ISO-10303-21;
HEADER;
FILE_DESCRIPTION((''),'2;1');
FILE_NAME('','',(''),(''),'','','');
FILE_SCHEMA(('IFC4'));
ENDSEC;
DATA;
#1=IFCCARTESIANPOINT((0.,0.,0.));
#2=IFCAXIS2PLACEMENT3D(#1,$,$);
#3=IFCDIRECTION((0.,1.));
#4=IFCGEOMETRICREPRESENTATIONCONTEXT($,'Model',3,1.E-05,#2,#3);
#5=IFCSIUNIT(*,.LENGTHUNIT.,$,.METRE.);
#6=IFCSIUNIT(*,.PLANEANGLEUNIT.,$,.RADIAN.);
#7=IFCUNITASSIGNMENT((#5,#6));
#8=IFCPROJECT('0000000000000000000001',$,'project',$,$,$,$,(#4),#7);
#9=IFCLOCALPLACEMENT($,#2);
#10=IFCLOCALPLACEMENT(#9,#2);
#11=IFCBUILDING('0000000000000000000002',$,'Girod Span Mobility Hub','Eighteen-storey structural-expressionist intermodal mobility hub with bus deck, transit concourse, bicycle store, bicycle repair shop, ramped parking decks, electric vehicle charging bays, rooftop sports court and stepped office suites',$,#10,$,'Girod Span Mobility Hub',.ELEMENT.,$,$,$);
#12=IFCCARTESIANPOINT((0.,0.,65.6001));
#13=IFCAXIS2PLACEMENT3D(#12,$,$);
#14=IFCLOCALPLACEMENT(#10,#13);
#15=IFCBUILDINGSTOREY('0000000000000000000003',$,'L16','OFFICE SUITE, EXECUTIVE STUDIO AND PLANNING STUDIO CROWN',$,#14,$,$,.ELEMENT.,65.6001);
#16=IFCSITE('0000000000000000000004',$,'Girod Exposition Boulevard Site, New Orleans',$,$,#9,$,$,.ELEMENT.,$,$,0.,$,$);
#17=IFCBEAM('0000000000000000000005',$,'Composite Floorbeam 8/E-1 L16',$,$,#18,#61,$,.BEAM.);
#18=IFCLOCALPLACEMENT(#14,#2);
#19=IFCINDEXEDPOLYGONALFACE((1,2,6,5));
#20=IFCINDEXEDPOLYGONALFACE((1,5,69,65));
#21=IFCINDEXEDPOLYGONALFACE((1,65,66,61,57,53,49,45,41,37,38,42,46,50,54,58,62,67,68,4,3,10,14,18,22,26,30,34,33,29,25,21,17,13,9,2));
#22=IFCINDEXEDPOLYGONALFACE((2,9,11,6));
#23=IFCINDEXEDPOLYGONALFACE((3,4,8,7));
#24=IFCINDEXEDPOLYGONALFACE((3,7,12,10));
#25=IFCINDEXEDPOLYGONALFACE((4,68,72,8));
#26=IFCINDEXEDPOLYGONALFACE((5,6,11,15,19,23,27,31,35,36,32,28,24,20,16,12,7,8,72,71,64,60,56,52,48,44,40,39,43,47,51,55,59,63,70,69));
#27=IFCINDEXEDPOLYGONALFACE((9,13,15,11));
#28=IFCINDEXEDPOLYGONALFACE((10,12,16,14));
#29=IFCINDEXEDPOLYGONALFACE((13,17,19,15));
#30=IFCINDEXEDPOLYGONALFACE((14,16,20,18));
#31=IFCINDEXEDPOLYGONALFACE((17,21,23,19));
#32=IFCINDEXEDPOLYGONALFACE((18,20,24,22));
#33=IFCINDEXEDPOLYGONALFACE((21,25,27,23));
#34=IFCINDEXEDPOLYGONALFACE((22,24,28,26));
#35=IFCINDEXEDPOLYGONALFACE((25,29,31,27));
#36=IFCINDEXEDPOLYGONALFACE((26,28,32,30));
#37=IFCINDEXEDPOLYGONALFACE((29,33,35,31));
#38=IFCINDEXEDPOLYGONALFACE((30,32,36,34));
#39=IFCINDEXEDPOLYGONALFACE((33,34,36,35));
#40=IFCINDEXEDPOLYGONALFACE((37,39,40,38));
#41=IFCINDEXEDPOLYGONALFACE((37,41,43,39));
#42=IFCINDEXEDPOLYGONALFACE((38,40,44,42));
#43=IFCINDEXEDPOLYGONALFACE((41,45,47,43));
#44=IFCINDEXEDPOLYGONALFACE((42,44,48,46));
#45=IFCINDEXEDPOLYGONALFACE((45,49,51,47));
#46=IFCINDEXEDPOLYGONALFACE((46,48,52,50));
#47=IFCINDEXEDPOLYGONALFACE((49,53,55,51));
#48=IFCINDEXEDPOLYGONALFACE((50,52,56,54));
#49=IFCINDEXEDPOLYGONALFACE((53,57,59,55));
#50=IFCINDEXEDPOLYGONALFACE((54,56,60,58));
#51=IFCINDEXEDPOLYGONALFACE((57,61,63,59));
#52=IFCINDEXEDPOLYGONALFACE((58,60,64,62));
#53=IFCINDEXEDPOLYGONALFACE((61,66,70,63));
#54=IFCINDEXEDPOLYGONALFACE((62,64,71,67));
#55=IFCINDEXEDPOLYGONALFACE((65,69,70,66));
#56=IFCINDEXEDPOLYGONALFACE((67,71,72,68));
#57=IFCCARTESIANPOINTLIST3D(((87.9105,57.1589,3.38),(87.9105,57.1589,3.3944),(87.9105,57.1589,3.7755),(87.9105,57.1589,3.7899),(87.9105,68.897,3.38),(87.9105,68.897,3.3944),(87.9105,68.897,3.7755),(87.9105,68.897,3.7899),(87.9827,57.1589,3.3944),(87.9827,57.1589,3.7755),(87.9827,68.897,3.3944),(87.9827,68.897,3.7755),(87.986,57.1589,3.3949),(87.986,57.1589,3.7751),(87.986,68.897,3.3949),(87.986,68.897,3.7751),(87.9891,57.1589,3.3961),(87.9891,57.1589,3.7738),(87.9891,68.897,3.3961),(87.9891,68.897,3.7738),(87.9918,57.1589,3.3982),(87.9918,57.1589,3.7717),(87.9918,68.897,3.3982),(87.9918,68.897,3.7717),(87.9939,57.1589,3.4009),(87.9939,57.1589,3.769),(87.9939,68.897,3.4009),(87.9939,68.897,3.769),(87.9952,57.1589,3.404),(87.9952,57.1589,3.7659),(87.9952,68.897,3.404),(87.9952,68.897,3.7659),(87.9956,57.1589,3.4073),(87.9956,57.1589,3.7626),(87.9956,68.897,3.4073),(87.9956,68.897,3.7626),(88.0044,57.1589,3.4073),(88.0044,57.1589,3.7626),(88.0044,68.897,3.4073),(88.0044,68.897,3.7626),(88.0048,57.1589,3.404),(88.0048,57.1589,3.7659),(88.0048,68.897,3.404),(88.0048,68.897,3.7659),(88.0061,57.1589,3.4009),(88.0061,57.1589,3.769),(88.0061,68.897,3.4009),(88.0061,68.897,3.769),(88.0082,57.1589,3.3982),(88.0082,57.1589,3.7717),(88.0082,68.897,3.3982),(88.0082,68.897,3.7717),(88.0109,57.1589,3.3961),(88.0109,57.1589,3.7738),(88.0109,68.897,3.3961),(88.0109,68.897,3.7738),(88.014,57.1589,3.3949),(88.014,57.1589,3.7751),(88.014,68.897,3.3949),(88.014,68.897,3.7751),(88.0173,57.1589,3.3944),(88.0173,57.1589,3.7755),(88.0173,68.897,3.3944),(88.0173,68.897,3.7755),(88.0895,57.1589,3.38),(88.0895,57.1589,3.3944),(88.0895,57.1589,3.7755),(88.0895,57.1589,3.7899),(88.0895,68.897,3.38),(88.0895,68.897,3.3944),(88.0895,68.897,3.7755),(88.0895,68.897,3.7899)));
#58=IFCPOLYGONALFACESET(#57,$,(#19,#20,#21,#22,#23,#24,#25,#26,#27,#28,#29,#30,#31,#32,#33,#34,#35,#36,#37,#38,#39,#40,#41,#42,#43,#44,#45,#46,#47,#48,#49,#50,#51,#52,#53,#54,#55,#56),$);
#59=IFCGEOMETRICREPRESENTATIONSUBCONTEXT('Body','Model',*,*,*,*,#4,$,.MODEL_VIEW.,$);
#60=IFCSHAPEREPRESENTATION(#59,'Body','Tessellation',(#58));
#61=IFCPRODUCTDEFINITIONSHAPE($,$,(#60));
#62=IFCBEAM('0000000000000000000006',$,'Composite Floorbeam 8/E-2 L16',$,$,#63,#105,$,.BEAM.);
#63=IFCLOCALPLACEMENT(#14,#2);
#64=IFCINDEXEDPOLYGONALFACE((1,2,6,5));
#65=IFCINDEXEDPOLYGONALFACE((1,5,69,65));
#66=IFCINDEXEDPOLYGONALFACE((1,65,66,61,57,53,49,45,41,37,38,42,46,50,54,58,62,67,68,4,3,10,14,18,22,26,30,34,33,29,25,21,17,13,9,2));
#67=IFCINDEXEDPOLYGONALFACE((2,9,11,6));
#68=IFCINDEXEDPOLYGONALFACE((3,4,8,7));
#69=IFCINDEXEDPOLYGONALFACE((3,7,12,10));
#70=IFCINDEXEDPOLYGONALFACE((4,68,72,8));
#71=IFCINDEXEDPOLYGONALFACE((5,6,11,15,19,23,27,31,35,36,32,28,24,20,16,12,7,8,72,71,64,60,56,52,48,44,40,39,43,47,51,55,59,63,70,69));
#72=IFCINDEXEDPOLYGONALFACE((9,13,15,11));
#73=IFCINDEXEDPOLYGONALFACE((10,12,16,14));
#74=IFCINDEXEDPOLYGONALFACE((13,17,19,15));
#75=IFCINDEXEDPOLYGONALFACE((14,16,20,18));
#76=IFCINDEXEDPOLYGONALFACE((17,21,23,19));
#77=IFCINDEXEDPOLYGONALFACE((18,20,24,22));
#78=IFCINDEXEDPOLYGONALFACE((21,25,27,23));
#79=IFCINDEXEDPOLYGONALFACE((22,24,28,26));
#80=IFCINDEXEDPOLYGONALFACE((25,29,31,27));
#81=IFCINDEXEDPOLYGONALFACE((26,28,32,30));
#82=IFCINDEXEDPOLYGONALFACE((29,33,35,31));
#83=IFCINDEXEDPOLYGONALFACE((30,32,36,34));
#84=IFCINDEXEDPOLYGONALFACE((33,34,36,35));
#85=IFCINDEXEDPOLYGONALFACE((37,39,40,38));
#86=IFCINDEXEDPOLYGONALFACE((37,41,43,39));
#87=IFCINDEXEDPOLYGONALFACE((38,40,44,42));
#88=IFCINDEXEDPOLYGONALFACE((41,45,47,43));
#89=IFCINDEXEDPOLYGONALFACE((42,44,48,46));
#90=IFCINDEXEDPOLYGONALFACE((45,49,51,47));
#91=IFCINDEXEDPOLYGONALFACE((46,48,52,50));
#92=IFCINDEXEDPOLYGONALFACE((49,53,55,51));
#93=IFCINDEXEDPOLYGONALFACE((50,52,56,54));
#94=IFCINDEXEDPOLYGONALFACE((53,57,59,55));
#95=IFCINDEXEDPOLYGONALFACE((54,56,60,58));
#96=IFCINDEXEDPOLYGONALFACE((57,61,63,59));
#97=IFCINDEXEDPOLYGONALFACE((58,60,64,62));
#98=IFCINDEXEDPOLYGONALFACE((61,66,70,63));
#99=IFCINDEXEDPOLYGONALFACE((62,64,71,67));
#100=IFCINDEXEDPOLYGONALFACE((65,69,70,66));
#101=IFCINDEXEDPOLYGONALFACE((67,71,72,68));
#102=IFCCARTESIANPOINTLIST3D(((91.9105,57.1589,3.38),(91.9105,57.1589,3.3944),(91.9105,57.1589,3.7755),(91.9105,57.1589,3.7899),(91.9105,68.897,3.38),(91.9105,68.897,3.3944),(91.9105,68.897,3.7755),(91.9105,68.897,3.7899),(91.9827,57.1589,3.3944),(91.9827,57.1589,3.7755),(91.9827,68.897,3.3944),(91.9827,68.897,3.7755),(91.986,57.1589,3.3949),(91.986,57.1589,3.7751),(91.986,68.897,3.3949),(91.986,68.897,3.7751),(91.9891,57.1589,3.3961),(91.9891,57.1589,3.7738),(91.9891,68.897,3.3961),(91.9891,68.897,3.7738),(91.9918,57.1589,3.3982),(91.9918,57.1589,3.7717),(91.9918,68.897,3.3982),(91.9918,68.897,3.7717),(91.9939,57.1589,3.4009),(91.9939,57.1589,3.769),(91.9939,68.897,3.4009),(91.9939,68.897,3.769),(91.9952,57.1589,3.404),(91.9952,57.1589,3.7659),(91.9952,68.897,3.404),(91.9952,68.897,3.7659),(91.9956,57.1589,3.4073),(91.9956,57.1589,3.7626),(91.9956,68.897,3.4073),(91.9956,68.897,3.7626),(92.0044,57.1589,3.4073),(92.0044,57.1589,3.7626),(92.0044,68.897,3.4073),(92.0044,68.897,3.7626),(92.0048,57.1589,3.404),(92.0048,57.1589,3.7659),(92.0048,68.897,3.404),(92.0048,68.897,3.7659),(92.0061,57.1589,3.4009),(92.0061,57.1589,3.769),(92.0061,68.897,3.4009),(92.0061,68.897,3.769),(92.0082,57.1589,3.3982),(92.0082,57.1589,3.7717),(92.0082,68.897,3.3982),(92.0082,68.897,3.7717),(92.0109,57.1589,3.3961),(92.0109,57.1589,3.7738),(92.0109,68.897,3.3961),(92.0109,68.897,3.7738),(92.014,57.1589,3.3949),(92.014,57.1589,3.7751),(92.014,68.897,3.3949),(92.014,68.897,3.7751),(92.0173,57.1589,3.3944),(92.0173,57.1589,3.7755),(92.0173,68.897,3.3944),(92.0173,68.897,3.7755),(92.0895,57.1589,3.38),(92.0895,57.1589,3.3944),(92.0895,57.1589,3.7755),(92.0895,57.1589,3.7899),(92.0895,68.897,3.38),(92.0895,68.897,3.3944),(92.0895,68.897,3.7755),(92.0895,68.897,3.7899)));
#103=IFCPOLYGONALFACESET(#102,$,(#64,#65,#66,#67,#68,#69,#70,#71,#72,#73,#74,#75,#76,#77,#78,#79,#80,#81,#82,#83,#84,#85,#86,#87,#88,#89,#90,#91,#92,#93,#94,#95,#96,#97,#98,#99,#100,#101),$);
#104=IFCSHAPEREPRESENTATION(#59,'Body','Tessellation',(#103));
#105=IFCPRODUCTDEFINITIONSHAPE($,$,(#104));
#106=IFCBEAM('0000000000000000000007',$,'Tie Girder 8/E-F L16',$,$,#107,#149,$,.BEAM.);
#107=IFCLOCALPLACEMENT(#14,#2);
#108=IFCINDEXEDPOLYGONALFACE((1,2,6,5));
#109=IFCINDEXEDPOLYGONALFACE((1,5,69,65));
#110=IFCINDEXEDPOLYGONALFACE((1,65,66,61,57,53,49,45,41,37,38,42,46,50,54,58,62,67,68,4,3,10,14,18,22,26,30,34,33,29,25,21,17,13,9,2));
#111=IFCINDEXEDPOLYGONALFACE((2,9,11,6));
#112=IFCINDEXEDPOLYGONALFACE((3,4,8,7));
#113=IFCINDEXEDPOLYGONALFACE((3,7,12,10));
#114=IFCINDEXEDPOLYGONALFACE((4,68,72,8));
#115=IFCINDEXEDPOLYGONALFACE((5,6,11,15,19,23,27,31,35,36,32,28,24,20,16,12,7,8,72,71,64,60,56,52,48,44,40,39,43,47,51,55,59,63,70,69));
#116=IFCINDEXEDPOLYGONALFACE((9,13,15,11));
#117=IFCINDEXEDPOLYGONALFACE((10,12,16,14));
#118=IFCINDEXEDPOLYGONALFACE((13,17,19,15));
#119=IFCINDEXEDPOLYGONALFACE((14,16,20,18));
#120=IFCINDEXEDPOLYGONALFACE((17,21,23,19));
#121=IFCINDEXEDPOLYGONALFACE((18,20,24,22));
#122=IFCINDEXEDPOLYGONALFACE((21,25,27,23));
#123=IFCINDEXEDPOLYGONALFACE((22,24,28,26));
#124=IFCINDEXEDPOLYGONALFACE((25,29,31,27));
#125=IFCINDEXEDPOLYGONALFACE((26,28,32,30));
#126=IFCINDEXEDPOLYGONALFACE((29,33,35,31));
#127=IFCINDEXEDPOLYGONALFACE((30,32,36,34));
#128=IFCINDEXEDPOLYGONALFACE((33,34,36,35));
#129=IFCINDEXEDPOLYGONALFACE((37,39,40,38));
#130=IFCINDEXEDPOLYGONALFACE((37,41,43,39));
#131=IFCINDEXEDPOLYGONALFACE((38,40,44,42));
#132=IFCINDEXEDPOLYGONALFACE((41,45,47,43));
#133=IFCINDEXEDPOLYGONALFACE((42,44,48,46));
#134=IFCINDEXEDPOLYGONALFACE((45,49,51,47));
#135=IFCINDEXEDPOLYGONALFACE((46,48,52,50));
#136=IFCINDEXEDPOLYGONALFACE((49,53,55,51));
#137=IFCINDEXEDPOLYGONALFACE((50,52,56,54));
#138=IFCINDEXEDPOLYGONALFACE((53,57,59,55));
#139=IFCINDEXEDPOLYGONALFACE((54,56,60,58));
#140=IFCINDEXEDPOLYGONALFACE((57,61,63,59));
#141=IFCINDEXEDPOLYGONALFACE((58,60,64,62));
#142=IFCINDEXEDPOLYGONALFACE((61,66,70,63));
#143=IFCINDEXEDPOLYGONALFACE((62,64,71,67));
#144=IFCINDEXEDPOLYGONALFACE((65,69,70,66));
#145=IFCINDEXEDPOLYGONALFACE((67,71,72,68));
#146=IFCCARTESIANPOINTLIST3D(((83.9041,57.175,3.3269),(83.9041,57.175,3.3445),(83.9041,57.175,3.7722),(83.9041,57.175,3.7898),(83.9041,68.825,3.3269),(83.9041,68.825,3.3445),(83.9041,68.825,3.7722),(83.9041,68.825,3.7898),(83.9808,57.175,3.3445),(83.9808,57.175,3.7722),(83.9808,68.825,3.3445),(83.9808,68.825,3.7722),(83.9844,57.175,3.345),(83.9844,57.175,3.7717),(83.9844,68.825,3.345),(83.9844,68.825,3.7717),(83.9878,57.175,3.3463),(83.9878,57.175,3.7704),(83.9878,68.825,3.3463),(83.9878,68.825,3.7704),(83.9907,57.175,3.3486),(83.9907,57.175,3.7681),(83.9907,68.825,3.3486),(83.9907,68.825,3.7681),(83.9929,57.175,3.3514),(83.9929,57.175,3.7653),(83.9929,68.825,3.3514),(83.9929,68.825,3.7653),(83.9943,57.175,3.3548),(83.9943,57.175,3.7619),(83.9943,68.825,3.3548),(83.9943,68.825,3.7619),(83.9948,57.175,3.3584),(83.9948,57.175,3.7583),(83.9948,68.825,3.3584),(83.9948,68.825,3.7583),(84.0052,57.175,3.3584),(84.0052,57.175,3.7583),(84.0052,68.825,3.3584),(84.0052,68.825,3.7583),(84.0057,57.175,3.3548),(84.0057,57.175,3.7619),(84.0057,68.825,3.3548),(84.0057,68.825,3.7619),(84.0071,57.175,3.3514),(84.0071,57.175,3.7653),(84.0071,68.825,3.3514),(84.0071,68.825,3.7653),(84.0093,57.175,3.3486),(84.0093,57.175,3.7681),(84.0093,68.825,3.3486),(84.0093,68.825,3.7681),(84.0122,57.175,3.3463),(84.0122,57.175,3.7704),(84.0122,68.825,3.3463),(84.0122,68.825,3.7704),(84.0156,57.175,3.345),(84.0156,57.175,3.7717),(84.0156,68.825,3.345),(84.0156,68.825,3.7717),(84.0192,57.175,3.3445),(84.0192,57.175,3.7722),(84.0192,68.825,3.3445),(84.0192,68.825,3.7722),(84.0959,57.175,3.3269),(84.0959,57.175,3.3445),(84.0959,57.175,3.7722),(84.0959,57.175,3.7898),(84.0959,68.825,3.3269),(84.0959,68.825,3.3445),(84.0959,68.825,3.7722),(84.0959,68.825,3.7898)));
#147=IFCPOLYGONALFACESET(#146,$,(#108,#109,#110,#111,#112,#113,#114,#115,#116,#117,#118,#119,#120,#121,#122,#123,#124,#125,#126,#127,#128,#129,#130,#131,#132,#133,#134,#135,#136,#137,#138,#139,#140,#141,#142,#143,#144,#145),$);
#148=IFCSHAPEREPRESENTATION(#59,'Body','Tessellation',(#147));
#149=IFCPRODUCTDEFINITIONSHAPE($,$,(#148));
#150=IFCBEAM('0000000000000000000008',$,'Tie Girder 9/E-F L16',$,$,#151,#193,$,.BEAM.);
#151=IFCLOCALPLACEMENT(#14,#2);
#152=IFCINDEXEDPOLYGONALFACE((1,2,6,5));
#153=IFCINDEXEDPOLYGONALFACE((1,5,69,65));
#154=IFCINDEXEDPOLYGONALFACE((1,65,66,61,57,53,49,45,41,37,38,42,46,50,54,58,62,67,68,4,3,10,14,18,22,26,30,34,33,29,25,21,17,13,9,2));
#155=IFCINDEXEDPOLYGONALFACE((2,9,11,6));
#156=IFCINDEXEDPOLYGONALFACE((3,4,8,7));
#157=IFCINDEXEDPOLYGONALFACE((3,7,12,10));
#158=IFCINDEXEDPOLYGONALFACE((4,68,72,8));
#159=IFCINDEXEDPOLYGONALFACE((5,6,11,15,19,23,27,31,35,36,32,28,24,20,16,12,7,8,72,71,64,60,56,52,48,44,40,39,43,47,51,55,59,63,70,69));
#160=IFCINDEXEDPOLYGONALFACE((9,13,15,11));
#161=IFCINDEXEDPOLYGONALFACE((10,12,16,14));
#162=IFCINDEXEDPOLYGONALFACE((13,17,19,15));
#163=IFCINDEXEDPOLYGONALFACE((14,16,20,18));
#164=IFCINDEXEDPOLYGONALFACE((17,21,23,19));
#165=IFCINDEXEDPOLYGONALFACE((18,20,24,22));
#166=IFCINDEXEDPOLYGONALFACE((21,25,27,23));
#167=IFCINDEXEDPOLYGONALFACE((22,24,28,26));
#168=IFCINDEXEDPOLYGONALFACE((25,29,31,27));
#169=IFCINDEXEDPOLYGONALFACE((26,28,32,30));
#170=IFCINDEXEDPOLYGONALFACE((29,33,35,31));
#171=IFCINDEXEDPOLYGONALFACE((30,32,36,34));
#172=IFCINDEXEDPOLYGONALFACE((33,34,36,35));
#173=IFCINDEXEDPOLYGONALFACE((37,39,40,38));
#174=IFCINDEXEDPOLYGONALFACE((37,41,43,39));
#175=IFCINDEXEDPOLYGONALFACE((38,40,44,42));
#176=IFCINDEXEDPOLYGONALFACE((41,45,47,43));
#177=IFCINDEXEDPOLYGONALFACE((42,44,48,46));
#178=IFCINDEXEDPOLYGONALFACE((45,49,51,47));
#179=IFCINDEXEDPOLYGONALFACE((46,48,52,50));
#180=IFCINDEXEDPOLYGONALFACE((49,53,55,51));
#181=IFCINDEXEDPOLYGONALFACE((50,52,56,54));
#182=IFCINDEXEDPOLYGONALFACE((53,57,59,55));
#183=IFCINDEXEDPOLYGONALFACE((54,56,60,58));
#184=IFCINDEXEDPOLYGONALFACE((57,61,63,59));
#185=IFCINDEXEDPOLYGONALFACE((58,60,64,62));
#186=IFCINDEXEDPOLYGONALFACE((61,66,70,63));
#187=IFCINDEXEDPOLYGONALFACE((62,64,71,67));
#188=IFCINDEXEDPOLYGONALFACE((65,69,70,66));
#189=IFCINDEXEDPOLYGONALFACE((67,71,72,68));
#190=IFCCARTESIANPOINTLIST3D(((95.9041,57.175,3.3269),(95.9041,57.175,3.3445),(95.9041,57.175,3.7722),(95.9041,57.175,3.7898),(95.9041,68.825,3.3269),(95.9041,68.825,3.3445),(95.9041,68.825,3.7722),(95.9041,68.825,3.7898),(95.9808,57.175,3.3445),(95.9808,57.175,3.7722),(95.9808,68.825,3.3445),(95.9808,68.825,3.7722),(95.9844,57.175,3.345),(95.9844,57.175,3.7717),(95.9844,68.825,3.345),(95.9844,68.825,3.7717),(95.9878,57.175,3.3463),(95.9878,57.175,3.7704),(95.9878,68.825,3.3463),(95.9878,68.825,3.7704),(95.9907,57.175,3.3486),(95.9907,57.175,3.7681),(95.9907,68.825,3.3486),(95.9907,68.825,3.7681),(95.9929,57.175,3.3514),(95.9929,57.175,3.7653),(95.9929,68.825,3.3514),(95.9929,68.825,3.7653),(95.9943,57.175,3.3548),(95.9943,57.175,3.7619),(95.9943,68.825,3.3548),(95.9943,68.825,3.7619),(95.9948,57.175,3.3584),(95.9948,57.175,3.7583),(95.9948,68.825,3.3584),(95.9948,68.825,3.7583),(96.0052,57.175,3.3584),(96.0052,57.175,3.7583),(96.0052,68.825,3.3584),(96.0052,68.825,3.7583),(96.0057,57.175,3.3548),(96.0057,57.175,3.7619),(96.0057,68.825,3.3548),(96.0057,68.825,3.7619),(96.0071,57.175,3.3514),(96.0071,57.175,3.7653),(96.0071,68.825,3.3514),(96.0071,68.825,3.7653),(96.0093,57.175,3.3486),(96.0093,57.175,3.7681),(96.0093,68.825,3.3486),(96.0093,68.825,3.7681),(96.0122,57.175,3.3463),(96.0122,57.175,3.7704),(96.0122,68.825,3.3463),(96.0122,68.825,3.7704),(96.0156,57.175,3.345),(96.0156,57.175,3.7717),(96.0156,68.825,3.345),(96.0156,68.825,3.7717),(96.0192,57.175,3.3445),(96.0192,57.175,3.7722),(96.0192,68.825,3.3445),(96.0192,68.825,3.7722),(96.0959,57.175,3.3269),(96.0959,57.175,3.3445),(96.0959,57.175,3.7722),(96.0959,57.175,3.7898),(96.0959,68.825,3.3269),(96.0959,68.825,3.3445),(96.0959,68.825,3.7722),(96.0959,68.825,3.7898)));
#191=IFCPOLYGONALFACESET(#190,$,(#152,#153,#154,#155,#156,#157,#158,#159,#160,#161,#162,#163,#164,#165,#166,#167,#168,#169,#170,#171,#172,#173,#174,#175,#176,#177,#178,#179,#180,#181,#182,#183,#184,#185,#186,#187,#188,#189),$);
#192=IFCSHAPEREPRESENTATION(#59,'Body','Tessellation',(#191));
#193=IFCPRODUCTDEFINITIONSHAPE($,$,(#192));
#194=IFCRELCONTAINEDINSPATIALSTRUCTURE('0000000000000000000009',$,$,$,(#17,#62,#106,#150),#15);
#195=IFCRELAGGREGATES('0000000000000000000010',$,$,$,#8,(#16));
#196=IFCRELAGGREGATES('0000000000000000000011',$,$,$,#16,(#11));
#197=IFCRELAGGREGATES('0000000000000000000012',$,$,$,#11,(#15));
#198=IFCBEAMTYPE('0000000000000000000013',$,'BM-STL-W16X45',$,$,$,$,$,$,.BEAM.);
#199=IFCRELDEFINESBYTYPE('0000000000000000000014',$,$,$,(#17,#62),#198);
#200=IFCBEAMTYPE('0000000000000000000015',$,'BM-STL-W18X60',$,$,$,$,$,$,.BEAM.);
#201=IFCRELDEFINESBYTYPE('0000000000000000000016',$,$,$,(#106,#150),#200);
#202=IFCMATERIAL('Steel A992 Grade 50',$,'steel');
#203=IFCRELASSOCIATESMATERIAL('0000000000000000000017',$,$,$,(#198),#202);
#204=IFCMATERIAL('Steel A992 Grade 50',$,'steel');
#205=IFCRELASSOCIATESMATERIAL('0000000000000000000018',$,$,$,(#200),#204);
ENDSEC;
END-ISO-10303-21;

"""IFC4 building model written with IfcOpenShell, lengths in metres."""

from ifc_helpers import new_model, si_unit, direction, frame, origin, origin_2d, place, context, subcontext, project, spatial, i_section, extrude, material, material_profile, profile_set, type_object, element, save


model = new_model("IFC4")

# Units and contexts
model_context = context("Model", 3, precision=1e-05, world=origin(), true_north=direction((0.0, 1.0)))
body_context = subcontext(model_context, "Body", "Model", "MODEL_VIEW")
ifc_project = project(units=[si_unit("LENGTHUNIT", "METRE"), si_unit("PLANEANGLEUNIT", "RADIAN")], contexts=[model_context])

# Site, building, storey
site_placement = place(None, origin())
site = spatial("IfcSite", under=ifc_project, at=site_placement, Name="Girod Exposition Boulevard Site, New Orleans", CompositionType="ELEMENT", RefElevation=0.0)
building_placement = place(site_placement, origin())
building = spatial("IfcBuilding", under=site, at=building_placement, Name="Girod Span Mobility Hub", Description="Eighteen-storey structural-expressionist intermodal mobility hub with bus deck, transit concourse, bicycle store, bicycle repair shop, ramped parking decks, electric vehicle charging bays, rooftop sports court and stepped office suites", LongName="Girod Span Mobility Hub", CompositionType="ELEMENT")
storey_placement = place(building_placement, frame((0.0, 0.0, 65.6001)))
storey = spatial("IfcBuildingStorey", under=building, at=storey_placement, Name="L16", Description="OFFICE SUITE, EXECUTIVE STUDIO AND PLANNING STUDIO CROWN", CompositionType="ELEMENT", Elevation=65.6001)

# Beams
ifc_material_1 = material(Name="Steel A992 Grade 50", Category="steel")
ifc_material_profile_1 = material_profile(ifc_material_1, i_section(OverallWidth=0.179, OverallDepth=0.4099, WebThickness=0.0088, FlangeThickness=0.0144, FilletRadius=0.0129, at=origin_2d()), Name="W16X45")
ifc_profile_set_1 = profile_set([ifc_material_profile_1], Name="Steel A992 Grade 50")
beam_type_1 = type_object("IfcBeamType", Name="BM-STL-W16X45", PredefinedType="BEAM", material=ifc_profile_set_1)
for number, where, z_axis, x_axis, name in (
    (1, (88.0, 57.1589, 3.585), (0.0, 1.0, 0.0), (-1.0, 0.0, 0.0), "Composite Floorbeam 8/E-1 L16"),
    (2, (92.0, 57.1589, 3.585), (0.0, 1.0, 0.0), (-1.0, 0.0, 0.0), "Composite Floorbeam 8/E-2 L16"),
):
    element("IfcBeam", number, at=place(storey_placement, frame(where, z_axis=z_axis, x_axis=x_axis)), inside=storey, type_object=beam_type_1, Name=name, PredefinedType="BEAM", context=body_context, shape_type="SweptSolid", body=[
        extrude(i_section(OverallWidth=0.179, OverallDepth=0.4099, WebThickness=0.0088, FlangeThickness=0.0144, FilletRadius=0.0129, at=origin_2d()), origin(), (0.0, 0.0, 1.0), 11.738),
    ])
ifc_material_2 = material(Name="Steel A992 Grade 50", Category="steel")
ifc_material_profile_2 = material_profile(ifc_material_2, i_section(OverallWidth=0.1919, OverallDepth=0.4629, WebThickness=0.0105, FlangeThickness=0.0176, FilletRadius=0.0139, at=origin_2d()), Name="W18X60")
ifc_profile_set_2 = profile_set([ifc_material_profile_2], Name="Steel A992 Grade 50")
beam_type_2 = type_object("IfcBeamType", Name="BM-STL-W18X60", PredefinedType="BEAM", material=ifc_profile_set_2)
for number, where, z_axis, x_axis, name in (
    (3, (84.0, 57.175, 3.5583), (0.0, 1.0, 0.0), (-1.0, 0.0, 0.0), "Tie Girder 8/E-F L16"),
    (4, (96.0, 57.175, 3.5583), (0.0, 1.0, 0.0), (-1.0, 0.0, 0.0), "Tie Girder 9/E-F L16"),
):
    element("IfcBeam", number, at=place(storey_placement, frame(where, z_axis=z_axis, x_axis=x_axis)), inside=storey, type_object=beam_type_2, Name=name, PredefinedType="BEAM", context=body_context, shape_type="SweptSolid", body=[
        extrude(i_section(OverallWidth=0.1919, OverallDepth=0.4629, WebThickness=0.0105, FlangeThickness=0.0176, FilletRadius=0.0139, at=origin_2d()), origin(), (0.0, 0.0, 1.0), 11.6499),
    ])

save(model, "model.ifc")
